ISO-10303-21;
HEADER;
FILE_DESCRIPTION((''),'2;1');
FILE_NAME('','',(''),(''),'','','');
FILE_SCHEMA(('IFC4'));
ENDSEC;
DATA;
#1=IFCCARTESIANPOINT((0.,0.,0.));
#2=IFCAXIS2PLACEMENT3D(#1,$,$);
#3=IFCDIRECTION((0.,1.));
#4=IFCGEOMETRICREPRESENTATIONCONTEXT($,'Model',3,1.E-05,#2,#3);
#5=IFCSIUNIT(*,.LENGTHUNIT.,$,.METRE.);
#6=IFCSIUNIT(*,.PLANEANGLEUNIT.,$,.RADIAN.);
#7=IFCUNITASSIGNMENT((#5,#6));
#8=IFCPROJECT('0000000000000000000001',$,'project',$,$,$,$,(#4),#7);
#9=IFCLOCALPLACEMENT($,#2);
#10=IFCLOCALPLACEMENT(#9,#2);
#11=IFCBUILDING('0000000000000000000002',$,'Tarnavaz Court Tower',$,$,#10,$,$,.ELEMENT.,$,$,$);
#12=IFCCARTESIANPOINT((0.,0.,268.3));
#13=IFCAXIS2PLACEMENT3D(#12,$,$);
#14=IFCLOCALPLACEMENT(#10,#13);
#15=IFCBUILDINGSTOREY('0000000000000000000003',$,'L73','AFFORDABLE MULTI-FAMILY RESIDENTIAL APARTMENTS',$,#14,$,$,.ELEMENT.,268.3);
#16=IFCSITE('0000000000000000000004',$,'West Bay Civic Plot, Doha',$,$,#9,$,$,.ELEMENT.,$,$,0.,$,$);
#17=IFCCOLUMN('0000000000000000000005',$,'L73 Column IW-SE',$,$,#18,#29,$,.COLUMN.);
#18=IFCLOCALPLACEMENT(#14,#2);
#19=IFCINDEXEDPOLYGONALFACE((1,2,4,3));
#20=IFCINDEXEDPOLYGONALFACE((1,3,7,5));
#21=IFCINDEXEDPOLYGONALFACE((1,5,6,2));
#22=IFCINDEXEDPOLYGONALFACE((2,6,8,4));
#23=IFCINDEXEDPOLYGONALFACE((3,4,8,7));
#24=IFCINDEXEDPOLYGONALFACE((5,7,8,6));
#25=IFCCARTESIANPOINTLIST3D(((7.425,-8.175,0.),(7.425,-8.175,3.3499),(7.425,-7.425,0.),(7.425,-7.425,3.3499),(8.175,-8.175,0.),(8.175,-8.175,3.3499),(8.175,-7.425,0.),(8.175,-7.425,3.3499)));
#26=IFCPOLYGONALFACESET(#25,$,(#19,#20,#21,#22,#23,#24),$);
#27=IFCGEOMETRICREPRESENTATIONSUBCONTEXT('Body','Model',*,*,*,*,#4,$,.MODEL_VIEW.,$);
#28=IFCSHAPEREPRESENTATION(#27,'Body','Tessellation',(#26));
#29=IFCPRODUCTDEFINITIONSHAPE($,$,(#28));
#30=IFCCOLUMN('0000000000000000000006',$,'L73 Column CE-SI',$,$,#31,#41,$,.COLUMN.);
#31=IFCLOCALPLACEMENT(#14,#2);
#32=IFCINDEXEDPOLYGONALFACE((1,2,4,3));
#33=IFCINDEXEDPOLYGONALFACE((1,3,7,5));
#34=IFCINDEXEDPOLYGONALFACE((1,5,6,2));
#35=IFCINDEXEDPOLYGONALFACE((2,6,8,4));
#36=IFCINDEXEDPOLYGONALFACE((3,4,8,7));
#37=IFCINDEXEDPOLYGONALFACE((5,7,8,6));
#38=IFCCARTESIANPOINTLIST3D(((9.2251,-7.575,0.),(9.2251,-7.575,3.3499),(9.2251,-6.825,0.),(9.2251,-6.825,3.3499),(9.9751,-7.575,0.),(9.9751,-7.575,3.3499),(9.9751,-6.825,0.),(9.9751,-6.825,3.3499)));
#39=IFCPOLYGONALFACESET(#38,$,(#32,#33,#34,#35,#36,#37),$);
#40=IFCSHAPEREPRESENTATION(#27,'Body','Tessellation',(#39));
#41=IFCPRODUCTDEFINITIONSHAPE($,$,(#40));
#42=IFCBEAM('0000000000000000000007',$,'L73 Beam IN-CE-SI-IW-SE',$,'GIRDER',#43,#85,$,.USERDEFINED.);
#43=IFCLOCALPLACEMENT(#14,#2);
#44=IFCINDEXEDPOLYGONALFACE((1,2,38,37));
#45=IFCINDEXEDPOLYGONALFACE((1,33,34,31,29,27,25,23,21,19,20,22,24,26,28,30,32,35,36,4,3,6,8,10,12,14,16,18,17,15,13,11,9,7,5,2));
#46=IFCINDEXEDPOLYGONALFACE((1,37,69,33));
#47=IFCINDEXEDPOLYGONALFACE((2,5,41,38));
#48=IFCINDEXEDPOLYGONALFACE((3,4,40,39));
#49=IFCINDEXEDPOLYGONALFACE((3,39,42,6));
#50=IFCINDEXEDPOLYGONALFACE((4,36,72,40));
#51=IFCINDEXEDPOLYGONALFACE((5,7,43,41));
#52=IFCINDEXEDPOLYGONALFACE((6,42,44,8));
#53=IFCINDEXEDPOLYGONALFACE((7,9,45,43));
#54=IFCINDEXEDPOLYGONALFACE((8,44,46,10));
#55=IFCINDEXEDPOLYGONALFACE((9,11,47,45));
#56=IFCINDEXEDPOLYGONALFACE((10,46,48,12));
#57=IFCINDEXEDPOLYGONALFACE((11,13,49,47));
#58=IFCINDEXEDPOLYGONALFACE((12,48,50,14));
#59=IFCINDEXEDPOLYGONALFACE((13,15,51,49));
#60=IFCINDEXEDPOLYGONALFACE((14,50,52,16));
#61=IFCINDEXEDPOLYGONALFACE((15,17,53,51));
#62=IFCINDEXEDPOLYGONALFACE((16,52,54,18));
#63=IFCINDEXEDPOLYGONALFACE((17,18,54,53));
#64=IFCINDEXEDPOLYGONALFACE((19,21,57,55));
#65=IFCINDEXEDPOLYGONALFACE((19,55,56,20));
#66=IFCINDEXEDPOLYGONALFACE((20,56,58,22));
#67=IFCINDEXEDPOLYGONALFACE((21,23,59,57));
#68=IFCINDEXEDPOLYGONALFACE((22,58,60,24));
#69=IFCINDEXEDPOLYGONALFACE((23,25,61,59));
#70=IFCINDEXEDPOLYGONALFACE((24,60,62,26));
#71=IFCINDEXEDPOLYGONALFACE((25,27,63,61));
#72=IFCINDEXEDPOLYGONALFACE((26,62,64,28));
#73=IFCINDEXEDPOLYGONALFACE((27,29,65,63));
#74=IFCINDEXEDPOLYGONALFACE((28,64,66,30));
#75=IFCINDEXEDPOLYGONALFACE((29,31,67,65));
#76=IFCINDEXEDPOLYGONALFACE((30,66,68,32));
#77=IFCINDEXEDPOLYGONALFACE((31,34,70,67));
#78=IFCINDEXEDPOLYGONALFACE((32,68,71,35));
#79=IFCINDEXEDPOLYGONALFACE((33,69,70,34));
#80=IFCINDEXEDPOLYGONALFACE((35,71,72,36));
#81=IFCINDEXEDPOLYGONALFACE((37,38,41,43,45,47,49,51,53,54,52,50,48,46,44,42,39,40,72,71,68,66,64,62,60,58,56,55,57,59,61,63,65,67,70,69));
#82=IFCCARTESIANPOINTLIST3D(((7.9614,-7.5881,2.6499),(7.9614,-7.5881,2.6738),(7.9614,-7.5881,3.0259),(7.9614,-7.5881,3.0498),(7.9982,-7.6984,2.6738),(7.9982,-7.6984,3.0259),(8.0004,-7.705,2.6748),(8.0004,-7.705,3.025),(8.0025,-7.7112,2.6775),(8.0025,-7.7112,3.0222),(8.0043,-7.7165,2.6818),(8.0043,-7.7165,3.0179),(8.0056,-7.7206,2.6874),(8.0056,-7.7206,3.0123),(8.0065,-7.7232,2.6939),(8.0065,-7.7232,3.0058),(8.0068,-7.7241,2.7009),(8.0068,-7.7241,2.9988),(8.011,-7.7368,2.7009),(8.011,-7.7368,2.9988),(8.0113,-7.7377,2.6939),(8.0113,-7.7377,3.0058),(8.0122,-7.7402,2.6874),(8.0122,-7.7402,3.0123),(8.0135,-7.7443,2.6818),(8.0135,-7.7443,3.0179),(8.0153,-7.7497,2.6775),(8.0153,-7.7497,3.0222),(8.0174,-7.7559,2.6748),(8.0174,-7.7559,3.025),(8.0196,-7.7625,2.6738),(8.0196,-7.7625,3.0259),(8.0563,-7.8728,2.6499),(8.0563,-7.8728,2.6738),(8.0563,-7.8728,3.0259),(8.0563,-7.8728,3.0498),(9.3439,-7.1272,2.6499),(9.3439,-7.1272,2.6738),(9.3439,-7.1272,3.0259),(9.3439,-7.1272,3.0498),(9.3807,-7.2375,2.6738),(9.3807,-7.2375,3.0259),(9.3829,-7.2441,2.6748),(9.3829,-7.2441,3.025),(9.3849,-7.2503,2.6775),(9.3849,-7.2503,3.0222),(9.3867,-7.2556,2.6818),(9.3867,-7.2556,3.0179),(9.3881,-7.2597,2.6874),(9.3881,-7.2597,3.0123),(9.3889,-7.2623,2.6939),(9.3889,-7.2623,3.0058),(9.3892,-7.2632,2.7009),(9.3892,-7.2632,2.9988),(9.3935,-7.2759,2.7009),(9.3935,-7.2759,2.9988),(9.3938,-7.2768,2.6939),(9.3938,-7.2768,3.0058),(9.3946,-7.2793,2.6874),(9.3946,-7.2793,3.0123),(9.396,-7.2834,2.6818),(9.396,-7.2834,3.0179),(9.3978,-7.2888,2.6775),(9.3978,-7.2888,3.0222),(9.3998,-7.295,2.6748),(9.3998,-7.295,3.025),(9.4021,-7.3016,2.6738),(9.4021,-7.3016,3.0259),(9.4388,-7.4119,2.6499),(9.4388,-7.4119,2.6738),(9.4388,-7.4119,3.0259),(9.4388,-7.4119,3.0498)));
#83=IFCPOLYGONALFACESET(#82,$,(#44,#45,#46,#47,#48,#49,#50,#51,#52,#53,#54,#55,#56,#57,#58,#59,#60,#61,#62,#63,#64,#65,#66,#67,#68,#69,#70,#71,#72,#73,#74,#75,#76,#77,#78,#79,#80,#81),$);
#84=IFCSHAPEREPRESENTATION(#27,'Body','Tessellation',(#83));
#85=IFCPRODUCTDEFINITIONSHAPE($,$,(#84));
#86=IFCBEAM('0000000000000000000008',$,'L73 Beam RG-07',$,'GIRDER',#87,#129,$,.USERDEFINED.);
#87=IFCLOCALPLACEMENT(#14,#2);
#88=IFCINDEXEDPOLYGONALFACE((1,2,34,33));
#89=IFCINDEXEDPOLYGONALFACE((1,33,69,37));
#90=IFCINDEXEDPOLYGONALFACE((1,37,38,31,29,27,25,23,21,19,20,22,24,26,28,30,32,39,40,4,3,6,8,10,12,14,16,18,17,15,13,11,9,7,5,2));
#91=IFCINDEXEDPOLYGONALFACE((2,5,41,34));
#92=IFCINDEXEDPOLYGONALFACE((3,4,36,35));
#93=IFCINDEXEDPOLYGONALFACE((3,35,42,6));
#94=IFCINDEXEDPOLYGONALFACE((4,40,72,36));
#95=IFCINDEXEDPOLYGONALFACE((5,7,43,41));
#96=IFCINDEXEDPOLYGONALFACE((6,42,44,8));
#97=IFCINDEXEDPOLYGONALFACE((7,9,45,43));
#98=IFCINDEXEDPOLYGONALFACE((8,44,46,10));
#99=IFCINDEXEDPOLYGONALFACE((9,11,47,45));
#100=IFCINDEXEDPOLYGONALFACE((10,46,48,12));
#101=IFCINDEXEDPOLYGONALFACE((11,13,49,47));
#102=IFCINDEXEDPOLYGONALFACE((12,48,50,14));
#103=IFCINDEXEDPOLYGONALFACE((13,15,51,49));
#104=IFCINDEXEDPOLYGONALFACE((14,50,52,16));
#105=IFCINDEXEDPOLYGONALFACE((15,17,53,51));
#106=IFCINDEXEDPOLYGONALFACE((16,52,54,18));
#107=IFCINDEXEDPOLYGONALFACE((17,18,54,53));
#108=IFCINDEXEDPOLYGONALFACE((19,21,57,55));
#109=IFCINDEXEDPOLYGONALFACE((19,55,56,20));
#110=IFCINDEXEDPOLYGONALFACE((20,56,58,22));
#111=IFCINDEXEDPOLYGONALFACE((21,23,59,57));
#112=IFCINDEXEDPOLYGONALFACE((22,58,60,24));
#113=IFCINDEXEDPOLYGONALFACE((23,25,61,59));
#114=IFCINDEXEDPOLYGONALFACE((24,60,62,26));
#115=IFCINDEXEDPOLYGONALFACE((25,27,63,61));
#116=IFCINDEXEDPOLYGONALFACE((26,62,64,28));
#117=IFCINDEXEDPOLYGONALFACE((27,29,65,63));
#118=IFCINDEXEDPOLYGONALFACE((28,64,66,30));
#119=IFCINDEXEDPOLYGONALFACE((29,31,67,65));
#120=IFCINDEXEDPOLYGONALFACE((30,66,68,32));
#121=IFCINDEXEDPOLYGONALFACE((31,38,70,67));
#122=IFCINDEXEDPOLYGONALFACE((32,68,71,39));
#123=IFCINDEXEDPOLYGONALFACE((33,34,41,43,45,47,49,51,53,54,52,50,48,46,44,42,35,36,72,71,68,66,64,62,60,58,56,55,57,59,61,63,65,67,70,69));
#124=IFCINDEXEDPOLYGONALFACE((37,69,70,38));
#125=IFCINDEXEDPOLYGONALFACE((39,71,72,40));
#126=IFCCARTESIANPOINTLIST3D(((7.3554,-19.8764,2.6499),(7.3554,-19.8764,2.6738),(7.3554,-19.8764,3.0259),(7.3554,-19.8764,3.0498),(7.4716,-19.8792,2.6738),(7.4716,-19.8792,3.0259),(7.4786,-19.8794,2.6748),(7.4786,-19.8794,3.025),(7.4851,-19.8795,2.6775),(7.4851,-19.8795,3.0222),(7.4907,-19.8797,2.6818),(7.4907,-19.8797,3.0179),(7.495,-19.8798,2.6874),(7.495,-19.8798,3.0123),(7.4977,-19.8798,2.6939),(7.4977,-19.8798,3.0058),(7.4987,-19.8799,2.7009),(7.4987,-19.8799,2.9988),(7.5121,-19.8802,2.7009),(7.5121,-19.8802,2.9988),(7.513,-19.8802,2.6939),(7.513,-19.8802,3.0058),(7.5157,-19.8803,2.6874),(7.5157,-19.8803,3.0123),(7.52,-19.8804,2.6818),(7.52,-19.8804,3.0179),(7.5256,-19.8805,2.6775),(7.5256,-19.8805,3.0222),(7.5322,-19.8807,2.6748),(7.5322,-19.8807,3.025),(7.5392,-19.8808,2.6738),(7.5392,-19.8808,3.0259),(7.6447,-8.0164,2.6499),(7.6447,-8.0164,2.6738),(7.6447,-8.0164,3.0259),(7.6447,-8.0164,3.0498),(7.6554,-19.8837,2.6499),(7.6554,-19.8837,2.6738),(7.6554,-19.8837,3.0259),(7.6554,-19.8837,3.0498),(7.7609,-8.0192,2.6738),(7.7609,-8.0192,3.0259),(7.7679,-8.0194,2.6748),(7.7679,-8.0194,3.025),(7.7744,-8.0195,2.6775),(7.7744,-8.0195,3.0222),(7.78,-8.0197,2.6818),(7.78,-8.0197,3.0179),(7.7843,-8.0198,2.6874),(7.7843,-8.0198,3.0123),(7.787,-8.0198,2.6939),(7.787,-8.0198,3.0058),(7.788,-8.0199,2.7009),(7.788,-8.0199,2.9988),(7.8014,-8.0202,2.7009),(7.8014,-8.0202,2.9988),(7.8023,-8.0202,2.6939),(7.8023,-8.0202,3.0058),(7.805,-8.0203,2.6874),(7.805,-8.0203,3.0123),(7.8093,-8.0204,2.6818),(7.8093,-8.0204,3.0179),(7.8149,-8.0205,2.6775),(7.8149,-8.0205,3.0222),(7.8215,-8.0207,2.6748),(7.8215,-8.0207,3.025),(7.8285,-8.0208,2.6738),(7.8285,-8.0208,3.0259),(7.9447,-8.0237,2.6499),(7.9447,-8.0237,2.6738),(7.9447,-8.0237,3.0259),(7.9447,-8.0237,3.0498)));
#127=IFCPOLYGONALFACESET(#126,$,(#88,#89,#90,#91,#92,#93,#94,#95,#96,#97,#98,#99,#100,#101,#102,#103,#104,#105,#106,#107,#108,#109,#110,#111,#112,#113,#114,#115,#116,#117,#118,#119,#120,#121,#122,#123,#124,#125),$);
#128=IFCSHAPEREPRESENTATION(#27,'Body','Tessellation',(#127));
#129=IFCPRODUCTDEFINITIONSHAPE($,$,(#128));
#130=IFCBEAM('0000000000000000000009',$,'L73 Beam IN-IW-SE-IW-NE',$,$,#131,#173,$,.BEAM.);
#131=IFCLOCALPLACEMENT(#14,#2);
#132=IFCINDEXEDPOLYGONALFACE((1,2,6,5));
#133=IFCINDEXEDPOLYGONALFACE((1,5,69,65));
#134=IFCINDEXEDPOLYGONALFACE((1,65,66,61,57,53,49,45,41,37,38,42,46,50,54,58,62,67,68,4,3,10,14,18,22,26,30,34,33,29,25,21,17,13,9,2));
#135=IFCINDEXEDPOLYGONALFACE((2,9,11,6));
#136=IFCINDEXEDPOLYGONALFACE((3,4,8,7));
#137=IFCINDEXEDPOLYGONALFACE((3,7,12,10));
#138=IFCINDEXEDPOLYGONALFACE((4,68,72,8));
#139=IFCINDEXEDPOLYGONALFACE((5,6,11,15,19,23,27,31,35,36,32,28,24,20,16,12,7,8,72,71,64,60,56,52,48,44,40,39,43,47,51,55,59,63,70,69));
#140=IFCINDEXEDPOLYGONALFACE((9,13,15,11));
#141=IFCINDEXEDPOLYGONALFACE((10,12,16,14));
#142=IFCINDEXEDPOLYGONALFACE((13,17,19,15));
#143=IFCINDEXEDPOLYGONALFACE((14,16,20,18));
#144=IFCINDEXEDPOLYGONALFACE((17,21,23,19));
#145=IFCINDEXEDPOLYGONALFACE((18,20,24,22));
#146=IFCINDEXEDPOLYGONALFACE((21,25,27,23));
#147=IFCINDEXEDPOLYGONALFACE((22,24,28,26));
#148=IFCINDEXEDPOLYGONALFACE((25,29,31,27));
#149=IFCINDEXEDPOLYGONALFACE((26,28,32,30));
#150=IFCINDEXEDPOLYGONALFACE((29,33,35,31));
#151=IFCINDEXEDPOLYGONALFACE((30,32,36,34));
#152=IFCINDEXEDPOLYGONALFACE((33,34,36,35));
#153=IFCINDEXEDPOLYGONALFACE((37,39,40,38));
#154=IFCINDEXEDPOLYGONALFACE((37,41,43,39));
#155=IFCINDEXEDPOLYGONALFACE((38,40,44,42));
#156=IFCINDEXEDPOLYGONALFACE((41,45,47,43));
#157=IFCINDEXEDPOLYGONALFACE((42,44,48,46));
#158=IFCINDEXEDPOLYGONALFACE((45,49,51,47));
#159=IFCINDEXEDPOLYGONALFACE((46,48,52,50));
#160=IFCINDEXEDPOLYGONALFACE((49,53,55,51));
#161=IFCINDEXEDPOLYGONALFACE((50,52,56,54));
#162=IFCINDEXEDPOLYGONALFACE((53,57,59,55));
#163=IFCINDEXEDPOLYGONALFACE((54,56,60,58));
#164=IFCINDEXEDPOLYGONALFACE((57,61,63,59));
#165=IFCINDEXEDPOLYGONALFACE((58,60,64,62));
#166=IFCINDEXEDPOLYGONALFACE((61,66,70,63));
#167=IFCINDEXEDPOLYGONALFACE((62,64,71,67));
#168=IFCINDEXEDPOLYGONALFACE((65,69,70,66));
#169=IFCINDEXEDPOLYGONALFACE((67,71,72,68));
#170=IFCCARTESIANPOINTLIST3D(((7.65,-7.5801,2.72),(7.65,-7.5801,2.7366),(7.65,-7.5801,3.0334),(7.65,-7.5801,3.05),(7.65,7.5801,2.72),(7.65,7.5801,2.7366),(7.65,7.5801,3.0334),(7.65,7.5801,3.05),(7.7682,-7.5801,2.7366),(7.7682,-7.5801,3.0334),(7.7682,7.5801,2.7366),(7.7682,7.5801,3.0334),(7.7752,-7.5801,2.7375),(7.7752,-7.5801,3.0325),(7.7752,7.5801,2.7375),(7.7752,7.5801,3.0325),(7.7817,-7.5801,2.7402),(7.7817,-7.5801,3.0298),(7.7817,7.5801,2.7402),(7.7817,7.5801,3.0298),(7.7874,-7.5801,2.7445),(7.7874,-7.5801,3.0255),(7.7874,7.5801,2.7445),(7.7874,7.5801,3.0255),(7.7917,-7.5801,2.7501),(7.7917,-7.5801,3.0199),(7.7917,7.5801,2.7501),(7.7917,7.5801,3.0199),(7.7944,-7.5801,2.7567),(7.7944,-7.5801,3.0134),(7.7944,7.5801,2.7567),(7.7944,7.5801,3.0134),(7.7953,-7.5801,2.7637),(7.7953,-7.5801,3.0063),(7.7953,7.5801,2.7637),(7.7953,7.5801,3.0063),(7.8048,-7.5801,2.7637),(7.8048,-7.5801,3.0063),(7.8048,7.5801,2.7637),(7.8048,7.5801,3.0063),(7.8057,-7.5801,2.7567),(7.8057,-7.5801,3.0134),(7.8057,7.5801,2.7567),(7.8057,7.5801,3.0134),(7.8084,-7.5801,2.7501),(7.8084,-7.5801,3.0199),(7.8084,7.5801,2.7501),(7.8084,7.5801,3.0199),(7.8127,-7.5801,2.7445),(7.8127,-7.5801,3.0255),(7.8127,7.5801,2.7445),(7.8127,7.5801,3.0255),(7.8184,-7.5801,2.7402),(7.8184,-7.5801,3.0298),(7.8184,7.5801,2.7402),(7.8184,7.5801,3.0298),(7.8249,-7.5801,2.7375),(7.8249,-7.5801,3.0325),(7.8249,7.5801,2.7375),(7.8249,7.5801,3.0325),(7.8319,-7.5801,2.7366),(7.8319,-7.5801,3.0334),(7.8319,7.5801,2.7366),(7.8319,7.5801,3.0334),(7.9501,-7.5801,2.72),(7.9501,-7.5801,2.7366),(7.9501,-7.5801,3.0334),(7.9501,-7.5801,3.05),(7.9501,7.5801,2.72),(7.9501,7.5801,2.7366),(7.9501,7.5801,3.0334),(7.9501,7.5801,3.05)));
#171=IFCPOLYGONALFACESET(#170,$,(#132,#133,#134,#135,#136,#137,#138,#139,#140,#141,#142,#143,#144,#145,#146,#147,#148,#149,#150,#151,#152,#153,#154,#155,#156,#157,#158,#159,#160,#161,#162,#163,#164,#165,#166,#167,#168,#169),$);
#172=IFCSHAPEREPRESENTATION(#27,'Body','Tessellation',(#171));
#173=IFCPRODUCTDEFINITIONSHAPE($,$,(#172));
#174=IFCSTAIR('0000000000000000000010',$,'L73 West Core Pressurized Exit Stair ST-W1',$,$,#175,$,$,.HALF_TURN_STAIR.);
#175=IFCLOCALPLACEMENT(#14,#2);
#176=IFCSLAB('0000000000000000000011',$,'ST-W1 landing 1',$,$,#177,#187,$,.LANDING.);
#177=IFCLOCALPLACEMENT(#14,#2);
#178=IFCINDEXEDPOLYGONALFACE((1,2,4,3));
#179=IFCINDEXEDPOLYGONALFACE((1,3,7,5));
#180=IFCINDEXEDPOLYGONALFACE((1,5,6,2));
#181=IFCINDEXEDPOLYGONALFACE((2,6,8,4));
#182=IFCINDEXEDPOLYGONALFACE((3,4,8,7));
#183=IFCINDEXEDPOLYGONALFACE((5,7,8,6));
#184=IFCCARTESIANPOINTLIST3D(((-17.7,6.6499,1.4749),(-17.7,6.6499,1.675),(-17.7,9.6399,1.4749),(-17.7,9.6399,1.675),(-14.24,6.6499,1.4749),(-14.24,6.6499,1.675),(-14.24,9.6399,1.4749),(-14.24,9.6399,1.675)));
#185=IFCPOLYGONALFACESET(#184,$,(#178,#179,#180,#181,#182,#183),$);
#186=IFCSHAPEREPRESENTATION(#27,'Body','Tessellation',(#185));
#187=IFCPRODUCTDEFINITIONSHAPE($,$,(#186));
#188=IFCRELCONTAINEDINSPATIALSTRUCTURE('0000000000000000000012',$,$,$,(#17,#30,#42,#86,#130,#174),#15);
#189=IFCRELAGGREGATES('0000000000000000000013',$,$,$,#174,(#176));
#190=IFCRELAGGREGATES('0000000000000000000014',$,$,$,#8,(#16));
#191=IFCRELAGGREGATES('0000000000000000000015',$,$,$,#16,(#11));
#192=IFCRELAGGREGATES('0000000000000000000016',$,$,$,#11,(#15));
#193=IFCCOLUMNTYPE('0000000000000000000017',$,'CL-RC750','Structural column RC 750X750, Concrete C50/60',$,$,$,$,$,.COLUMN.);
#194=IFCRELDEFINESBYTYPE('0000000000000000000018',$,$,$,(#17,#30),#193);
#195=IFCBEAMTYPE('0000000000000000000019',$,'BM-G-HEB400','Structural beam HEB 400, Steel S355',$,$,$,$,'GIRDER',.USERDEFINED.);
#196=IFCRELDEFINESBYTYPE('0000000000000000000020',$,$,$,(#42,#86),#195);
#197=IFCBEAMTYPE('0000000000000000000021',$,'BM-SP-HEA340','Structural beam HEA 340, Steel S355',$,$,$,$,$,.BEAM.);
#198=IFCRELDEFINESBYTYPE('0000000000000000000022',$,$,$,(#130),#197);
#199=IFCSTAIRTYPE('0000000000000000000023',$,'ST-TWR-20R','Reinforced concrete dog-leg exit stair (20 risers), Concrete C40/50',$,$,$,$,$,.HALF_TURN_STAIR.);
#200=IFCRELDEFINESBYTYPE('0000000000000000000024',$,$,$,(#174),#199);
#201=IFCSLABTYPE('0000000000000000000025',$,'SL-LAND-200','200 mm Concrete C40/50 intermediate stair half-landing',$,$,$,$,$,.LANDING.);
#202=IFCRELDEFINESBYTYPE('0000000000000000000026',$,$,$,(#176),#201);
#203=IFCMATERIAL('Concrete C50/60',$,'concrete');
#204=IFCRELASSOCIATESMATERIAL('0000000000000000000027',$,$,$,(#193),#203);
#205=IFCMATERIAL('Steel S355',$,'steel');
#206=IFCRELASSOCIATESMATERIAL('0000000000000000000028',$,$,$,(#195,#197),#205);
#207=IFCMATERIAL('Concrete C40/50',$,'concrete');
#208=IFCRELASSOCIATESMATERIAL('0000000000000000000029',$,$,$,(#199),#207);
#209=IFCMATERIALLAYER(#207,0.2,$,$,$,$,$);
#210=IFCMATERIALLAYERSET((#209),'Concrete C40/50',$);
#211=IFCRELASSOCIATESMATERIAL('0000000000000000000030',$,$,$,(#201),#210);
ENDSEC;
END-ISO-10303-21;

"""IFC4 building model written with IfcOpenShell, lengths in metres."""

from ifc_helpers import new_model, si_unit, direction, frame, origin, origin_2d, place, context, subcontext, project, spatial, polyline, rectangle, i_section, outline, extrude, material, layer, layer_set, material_profile, profile_set, type_object, element, aggregate, save


model = new_model("IFC4")

# Units and contexts
model_context = context("Model", 3, precision=1e-05, world=origin(), true_north=direction((0.0, 1.0)))
body_context = subcontext(model_context, "Body", "Model", "MODEL_VIEW")
ifc_project = project(units=[si_unit("LENGTHUNIT", "METRE"), si_unit("PLANEANGLEUNIT", "RADIAN")], contexts=[model_context])

# Site, building, storey
site_placement = place(None, origin())
site = spatial("IfcSite", under=ifc_project, at=site_placement, Name="West Bay Civic Plot, Doha", CompositionType="ELEMENT", RefElevation=0.0)
building_placement = place(site_placement, origin())
building = spatial("IfcBuilding", under=site, at=building_placement, Name="Tarnavaz Court Tower", CompositionType="ELEMENT")
storey_placement = place(building_placement, frame((0.0, 0.0, 268.3)))
storey = spatial("IfcBuildingStorey", under=building, at=storey_placement, Name="L73", Description="AFFORDABLE MULTI-FAMILY RESIDENTIAL APARTMENTS", CompositionType="ELEMENT", Elevation=268.3)

# Columns
ifc_material_1 = material(Name="Concrete C50/60", Category="concrete")
ifc_material_profile_1 = material_profile(ifc_material_1, rectangle(XDim=0.75, YDim=0.75, at=origin_2d()), Name="RC 750X750")
ifc_profile_set_1 = profile_set([ifc_material_profile_1], Name="Concrete C50/60")
column_type = type_object("IfcColumnType", Name="CL-RC750", Description="Structural column RC 750X750, Concrete C50/60", PredefinedType="COLUMN", material=ifc_profile_set_1)
for number, where, z_axis, x_axis, name in (
    (1, (7.8, -7.8, 0.0), (0.0, 0.0, 1.0), (1.0, 0.0, 0.0), "L73 Column IW-SE"),
    (2, (9.6001, -7.2, 0.0), (0.0, 0.0, 1.0), (1.0, 0.0, 0.0), "L73 Column CE-SI"),
):
    element("IfcColumn", number, at=place(storey_placement, frame(where, z_axis=z_axis, x_axis=x_axis)), inside=storey, type_object=column_type, Name=name, PredefinedType="COLUMN", context=body_context, shape_type="SweptSolid", body=[
        extrude(rectangle(XDim=0.75, YDim=0.75, at=origin_2d()), origin(), (0.0, 0.0, 1.0), 3.3499),
    ])

# Beams
ifc_material_2 = material(Name="Steel S355", Category="steel")
ifc_material_profile_2 = material_profile(ifc_material_2, i_section(OverallWidth=0.3, OverallDepth=0.3999, WebThickness=0.0134, FlangeThickness=0.0239, FilletRadius=0.0271, at=origin_2d()), Name="HEB 400")
ifc_profile_set_2 = profile_set([ifc_material_profile_2], Name="Steel S355")
beam_type_1 = type_object("IfcBeamType", Name="BM-G-HEB400", Description="Structural beam HEB 400, Steel S355", ElementType="GIRDER", PredefinedType="USERDEFINED", material=ifc_profile_set_2)
beam_1_placement = place(storey_placement, frame((9.3914, -7.2695, 2.8499), z_axis=(-0.948667, -0.316278, 0.0), x_axis=(0.316278, -0.948667, 0.0)))
element("IfcBeam", 3, at=beam_1_placement, inside=storey, type_object=beam_type_1, Name="L73 Beam IN-CE-SI-IW-SE", ObjectType="GIRDER", PredefinedType="USERDEFINED", context=body_context, shape_type="SweptSolid", body=[
    extrude(i_section(OverallWidth=0.3, OverallDepth=0.3999, WebThickness=0.0134, FlangeThickness=0.0239, FilletRadius=0.0271, at=origin_2d()), origin(), (0.0, 0.0, 1.0), 1.4573),
])
beam_2_placement = place(storey_placement, frame((7.7947, -8.02, 2.8499), z_axis=(-0.024386, -0.999703, 0.0), x_axis=(0.999703, -0.024386, 0.0)))
element("IfcBeam", 4, at=beam_2_placement, inside=storey, type_object=beam_type_1, Name="L73 Beam RG-07", ObjectType="GIRDER", PredefinedType="USERDEFINED", context=body_context, shape_type="SweptSolid", body=[
    extrude(i_section(OverallWidth=0.3, OverallDepth=0.3999, WebThickness=0.0134, FlangeThickness=0.0239, FilletRadius=0.0271, at=origin_2d()), origin(), (0.0, 0.0, 1.0), 11.8635),
])
ifc_material_profile_3 = material_profile(ifc_material_2, i_section(OverallWidth=0.3, OverallDepth=0.3301, WebThickness=0.0095, FlangeThickness=0.0166, FilletRadius=0.0271, at=origin_2d()), Name="HEA 340")
ifc_profile_set_3 = profile_set([ifc_material_profile_3], Name="Steel S355")
beam_type_2 = type_object("IfcBeamType", Name="BM-SP-HEA340", Description="Structural beam HEA 340, Steel S355", PredefinedType="BEAM", material=ifc_profile_set_3)
beam_3_placement = place(storey_placement, frame((7.8, -7.5801, 2.885), z_axis=(0.0, 1.0, 0.0), x_axis=(-1.0, 0.0, 0.0)))
element("IfcBeam", 5, at=beam_3_placement, inside=storey, type_object=beam_type_2, Name="L73 Beam IN-IW-SE-IW-NE", PredefinedType="BEAM", context=body_context, shape_type="SweptSolid", body=[
    extrude(i_section(OverallWidth=0.3, OverallDepth=0.3301, WebThickness=0.0095, FlangeThickness=0.0166, FilletRadius=0.0271, at=origin_2d()), origin(), (0.0, 0.0, 1.0), 15.1602),
])

# Stair, slab
ifc_material_3 = material(Name="Concrete C40/50", Category="concrete")
stair_type = type_object("IfcStairType", Name="ST-TWR-20R", Description="Reinforced concrete dog-leg exit stair (20 risers), Concrete C40/50", PredefinedType="HALF_TURN_STAIR", material=ifc_material_3)
stair_1_placement = place(storey_placement, origin())
stair_1 = element("IfcStair", 6, at=stair_1_placement, inside=storey, type_object=stair_type, Name="L73 West Core Pressurized Exit Stair ST-W1", PredefinedType="HALF_TURN_STAIR")
ifc_layer_1 = layer(ifc_material_3, 0.2)
ifc_layer_set_1 = layer_set([ifc_layer_1], Name="Concrete C40/50")
slab_type_1 = type_object("IfcSlabType", Name="SL-LAND-200", Description="200 mm Concrete C40/50 intermediate stair half-landing", PredefinedType="LANDING", material=ifc_layer_set_1)
slab_1_placement = place(storey_placement, frame((0.0, 0.0, 1.4749)))
slab_1 = element("IfcSlab", 7, at=slab_1_placement, type_object=slab_type_1, Name="ST-W1 landing 1", PredefinedType="LANDING", context=body_context, shape_type="SweptSolid", body=[
    extrude(outline(polyline([(-14.24, 9.6399), (-17.7, 9.6399), (-17.7, 6.6499), (-14.24, 6.6499), (-14.24, 9.6399)])), origin(), (0.0, 0.0, 1.0), 0.2002),
])
aggregate(stair_1, [slab_1])

save(model, "model.ifc")
